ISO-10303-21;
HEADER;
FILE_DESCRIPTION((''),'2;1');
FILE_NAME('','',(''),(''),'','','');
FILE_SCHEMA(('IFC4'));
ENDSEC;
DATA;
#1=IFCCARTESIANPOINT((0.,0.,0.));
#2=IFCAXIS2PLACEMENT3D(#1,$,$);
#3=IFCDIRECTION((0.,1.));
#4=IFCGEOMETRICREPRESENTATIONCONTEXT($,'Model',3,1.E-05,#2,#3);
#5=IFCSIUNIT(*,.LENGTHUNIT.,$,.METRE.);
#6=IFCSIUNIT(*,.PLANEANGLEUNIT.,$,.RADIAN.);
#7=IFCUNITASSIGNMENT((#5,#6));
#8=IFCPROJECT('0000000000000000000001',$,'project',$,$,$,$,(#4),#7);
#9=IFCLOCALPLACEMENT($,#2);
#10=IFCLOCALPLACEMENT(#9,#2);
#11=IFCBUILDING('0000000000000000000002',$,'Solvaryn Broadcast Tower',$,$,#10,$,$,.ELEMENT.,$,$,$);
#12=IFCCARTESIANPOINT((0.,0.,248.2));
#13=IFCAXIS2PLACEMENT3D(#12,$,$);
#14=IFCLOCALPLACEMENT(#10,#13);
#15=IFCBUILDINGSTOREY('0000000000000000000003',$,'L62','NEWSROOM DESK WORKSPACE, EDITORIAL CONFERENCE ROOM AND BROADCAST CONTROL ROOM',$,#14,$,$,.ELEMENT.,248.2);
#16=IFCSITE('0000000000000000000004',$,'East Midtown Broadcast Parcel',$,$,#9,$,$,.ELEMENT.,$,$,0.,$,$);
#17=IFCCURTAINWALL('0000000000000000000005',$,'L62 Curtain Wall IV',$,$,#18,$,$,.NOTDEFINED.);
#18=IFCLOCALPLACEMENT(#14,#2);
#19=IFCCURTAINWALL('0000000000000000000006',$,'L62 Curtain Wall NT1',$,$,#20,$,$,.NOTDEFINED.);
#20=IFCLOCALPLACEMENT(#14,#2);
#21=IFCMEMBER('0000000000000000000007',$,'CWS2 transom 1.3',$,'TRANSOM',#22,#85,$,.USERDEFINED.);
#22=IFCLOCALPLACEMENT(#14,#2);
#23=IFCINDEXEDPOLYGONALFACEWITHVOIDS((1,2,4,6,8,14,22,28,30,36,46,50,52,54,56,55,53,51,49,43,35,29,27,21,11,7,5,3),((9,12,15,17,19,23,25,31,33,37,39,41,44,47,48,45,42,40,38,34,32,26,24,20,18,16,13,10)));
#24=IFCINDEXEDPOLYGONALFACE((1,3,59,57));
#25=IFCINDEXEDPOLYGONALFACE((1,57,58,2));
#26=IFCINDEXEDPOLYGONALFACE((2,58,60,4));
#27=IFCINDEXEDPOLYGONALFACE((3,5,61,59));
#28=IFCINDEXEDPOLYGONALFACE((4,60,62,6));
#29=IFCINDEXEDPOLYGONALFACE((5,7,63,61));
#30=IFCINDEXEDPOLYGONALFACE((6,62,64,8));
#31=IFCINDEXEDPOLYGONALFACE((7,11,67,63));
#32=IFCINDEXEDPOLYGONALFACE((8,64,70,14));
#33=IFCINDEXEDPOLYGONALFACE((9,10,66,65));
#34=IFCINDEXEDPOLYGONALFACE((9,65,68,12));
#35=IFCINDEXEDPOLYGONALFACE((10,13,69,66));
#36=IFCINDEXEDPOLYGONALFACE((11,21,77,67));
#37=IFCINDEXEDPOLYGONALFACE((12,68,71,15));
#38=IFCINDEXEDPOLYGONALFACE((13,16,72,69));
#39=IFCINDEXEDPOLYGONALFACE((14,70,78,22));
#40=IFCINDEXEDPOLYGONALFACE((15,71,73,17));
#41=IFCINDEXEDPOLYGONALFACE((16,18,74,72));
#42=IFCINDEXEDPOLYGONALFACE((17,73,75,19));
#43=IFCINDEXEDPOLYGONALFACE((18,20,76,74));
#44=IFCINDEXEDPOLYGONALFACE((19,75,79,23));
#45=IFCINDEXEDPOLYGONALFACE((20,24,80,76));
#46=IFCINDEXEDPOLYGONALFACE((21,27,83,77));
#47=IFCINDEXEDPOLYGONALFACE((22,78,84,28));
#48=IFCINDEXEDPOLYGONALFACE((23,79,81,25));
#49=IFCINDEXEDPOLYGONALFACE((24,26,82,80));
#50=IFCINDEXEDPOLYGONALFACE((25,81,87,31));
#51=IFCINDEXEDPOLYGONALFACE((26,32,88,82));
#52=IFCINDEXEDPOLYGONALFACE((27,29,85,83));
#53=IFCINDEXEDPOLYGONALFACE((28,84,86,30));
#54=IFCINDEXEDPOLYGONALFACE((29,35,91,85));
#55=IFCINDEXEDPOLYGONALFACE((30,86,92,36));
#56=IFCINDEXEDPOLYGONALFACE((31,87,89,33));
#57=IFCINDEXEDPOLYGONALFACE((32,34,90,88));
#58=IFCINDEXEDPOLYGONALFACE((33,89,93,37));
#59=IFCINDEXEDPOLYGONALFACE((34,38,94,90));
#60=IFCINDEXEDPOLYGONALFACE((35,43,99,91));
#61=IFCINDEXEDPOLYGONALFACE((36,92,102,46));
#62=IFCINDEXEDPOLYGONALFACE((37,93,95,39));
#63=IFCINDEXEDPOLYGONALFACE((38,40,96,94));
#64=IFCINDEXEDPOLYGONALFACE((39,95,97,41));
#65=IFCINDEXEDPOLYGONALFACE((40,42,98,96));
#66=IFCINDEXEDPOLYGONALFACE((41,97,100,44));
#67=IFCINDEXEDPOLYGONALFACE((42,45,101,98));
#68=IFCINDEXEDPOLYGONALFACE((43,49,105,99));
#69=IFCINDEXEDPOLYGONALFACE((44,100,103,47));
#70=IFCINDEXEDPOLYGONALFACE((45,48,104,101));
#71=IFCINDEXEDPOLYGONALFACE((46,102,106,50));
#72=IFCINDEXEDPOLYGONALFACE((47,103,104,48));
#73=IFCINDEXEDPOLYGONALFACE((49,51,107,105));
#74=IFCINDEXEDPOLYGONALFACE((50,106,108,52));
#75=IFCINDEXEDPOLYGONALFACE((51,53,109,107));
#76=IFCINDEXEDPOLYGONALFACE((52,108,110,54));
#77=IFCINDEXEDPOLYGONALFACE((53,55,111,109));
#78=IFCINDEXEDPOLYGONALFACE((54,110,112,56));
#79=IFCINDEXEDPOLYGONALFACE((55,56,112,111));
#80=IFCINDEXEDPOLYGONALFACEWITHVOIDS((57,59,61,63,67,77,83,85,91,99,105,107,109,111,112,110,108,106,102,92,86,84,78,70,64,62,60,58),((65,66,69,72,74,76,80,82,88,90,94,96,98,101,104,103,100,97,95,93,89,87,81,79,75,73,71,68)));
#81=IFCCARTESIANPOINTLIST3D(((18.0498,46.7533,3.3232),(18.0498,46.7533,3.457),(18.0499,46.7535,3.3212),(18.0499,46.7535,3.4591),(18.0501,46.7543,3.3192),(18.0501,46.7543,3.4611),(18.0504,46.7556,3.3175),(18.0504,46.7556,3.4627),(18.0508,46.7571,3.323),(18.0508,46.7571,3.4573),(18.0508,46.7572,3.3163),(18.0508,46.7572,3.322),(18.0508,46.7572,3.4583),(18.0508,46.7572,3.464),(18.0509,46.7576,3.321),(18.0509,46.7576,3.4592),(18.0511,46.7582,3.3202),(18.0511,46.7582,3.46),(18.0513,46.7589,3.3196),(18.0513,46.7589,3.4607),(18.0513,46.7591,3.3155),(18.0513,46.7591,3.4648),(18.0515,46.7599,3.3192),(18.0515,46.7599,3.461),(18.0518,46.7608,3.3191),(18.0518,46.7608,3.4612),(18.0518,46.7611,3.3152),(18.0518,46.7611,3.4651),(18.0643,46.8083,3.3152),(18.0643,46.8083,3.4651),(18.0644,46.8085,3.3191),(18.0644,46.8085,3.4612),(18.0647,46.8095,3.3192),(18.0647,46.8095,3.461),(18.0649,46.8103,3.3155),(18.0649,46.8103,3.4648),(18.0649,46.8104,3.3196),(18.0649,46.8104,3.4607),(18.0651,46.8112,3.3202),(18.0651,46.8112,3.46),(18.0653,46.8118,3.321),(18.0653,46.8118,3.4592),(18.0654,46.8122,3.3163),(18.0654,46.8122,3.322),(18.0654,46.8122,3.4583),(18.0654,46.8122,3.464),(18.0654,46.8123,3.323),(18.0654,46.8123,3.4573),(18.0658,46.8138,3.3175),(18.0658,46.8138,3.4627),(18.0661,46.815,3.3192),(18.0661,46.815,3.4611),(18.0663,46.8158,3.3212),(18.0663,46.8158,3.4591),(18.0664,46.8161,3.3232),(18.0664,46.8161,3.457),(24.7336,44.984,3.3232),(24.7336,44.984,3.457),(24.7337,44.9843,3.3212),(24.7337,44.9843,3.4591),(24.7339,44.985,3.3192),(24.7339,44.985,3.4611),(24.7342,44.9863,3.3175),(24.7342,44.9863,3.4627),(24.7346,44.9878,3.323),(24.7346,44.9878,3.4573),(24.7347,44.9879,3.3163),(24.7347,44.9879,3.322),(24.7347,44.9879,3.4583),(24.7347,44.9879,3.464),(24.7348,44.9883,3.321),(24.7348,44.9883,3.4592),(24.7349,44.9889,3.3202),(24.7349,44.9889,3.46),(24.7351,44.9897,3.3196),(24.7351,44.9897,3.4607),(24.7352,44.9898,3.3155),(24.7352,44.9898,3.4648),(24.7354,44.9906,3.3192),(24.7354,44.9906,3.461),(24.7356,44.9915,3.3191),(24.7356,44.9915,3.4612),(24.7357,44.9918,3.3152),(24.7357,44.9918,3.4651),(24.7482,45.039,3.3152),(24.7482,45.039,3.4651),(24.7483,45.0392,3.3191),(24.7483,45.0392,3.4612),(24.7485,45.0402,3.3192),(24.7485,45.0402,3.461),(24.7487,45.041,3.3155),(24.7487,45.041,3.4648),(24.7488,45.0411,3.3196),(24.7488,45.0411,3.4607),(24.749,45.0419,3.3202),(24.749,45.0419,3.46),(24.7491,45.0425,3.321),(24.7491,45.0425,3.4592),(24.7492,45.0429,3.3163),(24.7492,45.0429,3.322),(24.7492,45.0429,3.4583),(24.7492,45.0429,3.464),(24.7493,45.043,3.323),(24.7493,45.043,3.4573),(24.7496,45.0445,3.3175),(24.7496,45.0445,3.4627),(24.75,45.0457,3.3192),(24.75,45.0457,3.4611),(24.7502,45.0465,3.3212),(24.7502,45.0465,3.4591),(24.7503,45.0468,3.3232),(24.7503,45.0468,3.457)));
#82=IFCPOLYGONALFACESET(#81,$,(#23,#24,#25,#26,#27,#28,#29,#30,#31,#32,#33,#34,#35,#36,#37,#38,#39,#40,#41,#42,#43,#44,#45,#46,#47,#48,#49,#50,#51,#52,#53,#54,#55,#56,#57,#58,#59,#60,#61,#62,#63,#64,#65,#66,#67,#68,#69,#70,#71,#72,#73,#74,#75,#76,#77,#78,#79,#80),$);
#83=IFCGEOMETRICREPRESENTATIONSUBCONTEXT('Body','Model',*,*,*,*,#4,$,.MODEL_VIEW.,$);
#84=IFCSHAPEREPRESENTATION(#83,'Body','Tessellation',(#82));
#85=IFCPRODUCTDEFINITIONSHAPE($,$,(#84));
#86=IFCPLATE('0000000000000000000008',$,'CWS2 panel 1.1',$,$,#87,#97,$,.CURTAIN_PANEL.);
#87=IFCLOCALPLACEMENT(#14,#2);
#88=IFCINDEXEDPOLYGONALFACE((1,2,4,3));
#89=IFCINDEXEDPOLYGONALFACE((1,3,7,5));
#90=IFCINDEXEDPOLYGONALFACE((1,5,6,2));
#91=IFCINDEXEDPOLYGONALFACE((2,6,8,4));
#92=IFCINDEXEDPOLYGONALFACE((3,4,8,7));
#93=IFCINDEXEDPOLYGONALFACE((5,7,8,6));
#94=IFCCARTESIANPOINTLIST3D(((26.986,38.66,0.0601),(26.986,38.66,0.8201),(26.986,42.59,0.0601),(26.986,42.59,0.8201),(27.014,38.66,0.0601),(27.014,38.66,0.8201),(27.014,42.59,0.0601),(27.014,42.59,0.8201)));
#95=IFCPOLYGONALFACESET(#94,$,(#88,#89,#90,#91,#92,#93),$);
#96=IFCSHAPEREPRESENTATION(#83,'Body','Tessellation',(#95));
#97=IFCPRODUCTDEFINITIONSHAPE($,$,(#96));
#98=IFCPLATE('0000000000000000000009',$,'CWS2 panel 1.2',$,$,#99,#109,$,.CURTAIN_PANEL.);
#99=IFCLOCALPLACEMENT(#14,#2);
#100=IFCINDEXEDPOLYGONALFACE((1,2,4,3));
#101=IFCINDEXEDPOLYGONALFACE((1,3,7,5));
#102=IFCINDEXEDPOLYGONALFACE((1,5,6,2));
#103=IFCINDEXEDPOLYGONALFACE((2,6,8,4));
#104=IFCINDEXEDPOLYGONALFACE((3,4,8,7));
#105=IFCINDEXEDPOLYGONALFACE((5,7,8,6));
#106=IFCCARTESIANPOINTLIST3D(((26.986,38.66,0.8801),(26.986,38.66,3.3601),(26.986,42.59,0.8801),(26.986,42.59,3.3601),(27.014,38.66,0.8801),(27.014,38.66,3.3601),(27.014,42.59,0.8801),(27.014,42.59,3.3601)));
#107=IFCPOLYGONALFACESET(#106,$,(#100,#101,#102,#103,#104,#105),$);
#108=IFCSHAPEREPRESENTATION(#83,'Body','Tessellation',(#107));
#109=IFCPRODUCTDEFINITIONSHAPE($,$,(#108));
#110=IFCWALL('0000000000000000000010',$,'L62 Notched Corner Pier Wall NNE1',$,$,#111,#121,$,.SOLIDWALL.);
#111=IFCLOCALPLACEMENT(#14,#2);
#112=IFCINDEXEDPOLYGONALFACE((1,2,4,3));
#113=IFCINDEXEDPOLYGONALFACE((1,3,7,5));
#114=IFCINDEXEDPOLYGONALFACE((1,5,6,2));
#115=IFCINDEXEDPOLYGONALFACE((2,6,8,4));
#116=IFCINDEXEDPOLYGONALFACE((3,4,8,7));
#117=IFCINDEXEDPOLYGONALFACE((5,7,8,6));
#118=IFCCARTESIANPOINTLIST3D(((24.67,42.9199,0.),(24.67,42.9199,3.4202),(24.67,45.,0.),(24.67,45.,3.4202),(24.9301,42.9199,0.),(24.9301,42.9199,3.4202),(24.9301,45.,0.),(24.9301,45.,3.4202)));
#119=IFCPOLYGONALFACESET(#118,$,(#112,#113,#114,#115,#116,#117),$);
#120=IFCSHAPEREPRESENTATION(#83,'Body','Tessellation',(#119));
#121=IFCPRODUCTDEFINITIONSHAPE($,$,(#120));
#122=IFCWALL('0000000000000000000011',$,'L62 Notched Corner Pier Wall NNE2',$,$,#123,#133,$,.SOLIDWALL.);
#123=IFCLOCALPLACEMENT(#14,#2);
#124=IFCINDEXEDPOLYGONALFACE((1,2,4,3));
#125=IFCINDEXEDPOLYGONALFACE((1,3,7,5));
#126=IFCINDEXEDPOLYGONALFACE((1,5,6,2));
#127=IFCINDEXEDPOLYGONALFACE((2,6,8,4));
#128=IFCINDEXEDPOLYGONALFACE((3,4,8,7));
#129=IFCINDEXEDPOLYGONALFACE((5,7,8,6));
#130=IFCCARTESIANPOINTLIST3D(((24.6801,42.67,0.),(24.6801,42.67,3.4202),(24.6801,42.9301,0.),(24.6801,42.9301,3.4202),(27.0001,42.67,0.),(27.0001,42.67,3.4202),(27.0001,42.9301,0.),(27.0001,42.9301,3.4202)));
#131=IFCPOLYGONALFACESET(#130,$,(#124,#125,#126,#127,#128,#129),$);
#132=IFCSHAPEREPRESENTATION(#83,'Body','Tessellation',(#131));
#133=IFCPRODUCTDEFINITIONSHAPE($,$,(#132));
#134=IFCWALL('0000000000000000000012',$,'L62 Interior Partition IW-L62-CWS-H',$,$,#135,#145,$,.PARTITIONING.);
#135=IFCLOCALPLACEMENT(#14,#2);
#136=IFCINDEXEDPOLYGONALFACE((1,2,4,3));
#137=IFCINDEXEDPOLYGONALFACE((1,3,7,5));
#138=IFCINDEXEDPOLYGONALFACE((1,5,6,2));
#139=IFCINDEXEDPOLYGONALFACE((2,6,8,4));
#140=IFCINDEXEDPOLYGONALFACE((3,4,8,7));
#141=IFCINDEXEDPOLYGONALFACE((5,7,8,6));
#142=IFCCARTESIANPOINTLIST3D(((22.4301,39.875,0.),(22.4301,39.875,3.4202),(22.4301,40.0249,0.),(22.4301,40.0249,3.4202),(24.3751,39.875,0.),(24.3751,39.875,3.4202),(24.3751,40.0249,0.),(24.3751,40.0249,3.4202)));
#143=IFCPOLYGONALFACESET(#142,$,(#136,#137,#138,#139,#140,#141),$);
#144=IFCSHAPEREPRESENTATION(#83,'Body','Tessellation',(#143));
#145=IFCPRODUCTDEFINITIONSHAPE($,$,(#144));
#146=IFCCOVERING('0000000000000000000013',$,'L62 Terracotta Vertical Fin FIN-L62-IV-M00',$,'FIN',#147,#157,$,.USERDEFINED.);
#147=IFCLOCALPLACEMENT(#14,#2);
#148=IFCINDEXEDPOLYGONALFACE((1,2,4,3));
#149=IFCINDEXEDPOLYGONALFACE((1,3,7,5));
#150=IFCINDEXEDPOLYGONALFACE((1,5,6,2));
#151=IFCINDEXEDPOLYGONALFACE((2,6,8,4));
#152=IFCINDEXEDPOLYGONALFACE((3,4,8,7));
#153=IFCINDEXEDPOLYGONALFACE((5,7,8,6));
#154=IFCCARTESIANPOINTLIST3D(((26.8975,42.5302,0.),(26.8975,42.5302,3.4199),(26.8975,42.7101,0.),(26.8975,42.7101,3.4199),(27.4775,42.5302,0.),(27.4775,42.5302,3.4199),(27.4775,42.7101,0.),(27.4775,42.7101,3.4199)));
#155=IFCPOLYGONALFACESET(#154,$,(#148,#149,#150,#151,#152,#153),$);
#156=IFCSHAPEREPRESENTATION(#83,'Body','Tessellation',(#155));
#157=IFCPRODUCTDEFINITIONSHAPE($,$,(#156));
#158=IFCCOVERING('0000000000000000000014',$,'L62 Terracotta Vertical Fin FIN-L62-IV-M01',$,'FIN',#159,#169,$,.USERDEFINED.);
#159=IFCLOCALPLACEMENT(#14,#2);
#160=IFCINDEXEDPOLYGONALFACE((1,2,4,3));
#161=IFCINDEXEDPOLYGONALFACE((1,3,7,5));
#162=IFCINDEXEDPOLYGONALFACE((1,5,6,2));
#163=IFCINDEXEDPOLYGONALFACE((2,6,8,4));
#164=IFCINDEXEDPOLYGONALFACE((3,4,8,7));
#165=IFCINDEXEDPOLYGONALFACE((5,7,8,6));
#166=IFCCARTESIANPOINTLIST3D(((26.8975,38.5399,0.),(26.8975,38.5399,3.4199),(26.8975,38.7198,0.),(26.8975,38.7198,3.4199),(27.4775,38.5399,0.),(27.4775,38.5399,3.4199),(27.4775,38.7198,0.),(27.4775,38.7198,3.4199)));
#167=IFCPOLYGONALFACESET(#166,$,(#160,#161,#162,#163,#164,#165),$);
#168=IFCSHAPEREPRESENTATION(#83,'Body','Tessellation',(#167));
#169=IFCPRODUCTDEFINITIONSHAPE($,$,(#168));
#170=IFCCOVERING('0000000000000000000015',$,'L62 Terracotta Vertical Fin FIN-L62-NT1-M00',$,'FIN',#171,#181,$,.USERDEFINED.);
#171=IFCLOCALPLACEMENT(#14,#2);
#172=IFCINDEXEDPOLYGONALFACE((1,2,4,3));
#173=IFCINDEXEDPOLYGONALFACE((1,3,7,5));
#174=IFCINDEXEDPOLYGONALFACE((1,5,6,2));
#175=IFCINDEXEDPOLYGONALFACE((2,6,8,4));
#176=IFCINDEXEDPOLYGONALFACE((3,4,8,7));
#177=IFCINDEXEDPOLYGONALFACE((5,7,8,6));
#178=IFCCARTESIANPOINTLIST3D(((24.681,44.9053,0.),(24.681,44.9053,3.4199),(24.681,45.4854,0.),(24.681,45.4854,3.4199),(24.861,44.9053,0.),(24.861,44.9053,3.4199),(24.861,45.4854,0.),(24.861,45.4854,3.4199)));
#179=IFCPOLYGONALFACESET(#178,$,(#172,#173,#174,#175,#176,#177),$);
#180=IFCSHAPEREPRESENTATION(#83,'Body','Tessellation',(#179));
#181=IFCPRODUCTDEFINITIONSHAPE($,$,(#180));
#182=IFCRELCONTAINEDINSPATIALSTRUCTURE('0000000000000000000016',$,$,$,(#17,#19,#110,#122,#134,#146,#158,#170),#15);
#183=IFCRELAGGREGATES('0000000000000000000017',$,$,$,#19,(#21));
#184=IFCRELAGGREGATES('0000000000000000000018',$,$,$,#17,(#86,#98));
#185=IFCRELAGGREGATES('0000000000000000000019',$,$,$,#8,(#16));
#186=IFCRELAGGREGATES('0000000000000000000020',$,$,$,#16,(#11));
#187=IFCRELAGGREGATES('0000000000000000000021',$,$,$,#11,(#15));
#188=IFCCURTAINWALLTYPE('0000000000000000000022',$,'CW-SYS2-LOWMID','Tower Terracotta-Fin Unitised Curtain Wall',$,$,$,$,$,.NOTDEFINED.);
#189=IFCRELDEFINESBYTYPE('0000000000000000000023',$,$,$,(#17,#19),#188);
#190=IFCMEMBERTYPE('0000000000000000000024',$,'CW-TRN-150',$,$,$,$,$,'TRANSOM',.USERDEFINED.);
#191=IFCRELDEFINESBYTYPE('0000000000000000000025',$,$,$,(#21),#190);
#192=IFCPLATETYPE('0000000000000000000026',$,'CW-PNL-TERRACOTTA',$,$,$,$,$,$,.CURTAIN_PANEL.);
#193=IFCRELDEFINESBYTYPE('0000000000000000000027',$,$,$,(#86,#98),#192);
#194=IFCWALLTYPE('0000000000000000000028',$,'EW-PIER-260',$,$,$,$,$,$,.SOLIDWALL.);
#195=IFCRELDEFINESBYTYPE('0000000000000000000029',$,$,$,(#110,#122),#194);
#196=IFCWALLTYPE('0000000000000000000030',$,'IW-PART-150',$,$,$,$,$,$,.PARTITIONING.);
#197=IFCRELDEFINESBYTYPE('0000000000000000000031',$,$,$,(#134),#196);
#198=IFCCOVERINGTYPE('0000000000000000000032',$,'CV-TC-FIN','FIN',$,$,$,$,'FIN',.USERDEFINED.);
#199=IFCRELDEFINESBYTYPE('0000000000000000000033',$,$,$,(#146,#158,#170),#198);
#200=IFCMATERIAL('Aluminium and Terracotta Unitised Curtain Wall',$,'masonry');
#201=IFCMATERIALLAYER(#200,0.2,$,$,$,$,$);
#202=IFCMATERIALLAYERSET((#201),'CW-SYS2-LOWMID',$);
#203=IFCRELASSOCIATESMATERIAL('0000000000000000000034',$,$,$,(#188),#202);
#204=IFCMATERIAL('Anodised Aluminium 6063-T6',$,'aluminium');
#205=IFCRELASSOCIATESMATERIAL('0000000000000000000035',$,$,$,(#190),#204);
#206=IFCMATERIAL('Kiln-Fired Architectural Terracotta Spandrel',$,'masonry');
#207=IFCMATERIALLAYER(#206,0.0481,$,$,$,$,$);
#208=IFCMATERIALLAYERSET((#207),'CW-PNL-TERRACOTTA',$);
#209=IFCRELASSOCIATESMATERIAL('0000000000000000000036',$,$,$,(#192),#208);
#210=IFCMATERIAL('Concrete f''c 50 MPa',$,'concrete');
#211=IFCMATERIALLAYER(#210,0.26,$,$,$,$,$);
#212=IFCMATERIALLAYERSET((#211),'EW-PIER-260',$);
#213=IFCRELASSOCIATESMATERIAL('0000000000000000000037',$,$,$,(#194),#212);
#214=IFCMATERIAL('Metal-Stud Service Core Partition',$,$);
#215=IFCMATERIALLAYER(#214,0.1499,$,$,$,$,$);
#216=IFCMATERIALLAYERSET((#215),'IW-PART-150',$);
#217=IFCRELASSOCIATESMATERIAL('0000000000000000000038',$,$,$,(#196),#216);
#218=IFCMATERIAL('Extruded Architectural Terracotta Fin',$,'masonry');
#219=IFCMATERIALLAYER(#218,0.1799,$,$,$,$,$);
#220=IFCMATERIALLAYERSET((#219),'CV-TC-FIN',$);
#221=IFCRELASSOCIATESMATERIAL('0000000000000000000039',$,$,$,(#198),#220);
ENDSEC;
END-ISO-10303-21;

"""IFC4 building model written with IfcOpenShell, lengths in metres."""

from ifc_helpers import new_model, si_unit, direction, frame, frame_2d, origin, origin_2d, place, context, subcontext, project, spatial, rectangle, hollow_rectangle, extrude, material, layer, layer_set, material_profile, profile_set, type_object, element, aggregate, save


model = new_model("IFC4")

# Units and contexts
model_context = context("Model", 3, precision=1e-05, world=origin(), true_north=direction((0.0, 1.0)))
body_context = subcontext(model_context, "Body", "Model", "MODEL_VIEW")
ifc_project = project(units=[si_unit("LENGTHUNIT", "METRE"), si_unit("PLANEANGLEUNIT", "RADIAN")], contexts=[model_context])

# Site, building, storey
site_placement = place(None, origin())
site = spatial("IfcSite", under=ifc_project, at=site_placement, Name="East Midtown Broadcast Parcel", CompositionType="ELEMENT", RefElevation=0.0)
building_placement = place(site_placement, origin())
building = spatial("IfcBuilding", under=site, at=building_placement, Name="Solvaryn Broadcast Tower", CompositionType="ELEMENT")
storey_placement = place(building_placement, frame((0.0, 0.0, 248.2)))
storey = spatial("IfcBuildingStorey", under=building, at=storey_placement, Name="L62", Description="NEWSROOM DESK WORKSPACE, EDITORIAL CONFERENCE ROOM AND BROADCAST CONTROL ROOM", CompositionType="ELEMENT", Elevation=248.2)

# Curtain wall
ifc_material_1 = material(Name="Aluminium and Terracotta Unitised Curtain Wall", Category="masonry")
ifc_layer_1 = layer(ifc_material_1, 0.2)
ifc_layer_set_1 = layer_set([ifc_layer_1], Name="CW-SYS2-LOWMID")
curtain_wall_type = type_object("IfcCurtainWallType", Name="CW-SYS2-LOWMID", Description="Tower Terracotta-Fin Unitised Curtain Wall", PredefinedType="NOTDEFINED", material=ifc_layer_set_1)
curtain_wall_1_placement = place(storey_placement, origin())
curtain_wall_1 = element("IfcCurtainWall", 1, at=curtain_wall_1_placement, inside=storey, type_object=curtain_wall_type, Name="L62 Curtain Wall IV", PredefinedType="NOTDEFINED")

# Curtain wall
curtain_wall_2_placement = place(storey_placement, origin())
curtain_wall_2 = element("IfcCurtainWall", 2, at=curtain_wall_2_placement, inside=storey, type_object=curtain_wall_type, Name="L62 Curtain Wall NT1", PredefinedType="NOTDEFINED")

# Member
ifc_material_2 = material(Name="Anodised Aluminium 6063-T6", Category="aluminium")
ifc_material_profile_1 = material_profile(ifc_material_2, hollow_rectangle(XDim=0.0649, YDim=0.1499, WallThickness=0.0039, InnerFilletRadius=0.0039, OuterFilletRadius=0.0081, at=origin_2d()))
ifc_profile_set_1 = profile_set([ifc_material_profile_1], Name="Anodised Aluminium 6063-T6")
member_type_1 = type_object("IfcMemberType", Name="CW-TRN-150", ElementType="TRANSOM", PredefinedType="USERDEFINED", material=ifc_profile_set_1)
member_1_placement = place(storey_placement, frame((24.7419, 45.0154, 3.3901), z_axis=(-0.966704, 0.255897, 0.0), x_axis=(-0.255897, -0.966704, 0.0)))
member_1 = element("IfcMember", 3, at=member_1_placement, type_object=member_type_1, Name="CWS2 transom 1.3", ObjectType="TRANSOM", PredefinedType="USERDEFINED", context=body_context, shape_type="SweptSolid", body=[
    extrude(hollow_rectangle(XDim=0.0649, YDim=0.1499, WallThickness=0.0039, InnerFilletRadius=0.0039, OuterFilletRadius=0.0081, at=origin_2d()), origin(), (0.0, 0.0, 1.0), 6.9141),
])
aggregate(curtain_wall_2, [member_1])

# Plates
ifc_material_3 = material(Name="Kiln-Fired Architectural Terracotta Spandrel", Category="masonry")
ifc_layer_2 = layer(ifc_material_3, 0.0481)
ifc_layer_set_2 = layer_set([ifc_layer_2], Name="CW-PNL-TERRACOTTA")
plate_type = type_object("IfcPlateType", Name="CW-PNL-TERRACOTTA", PredefinedType="CURTAIN_PANEL", material=ifc_layer_set_2)
plate_1_placement = place(storey_placement, frame((27.0, 40.625, 0.0601), z_axis=(0.0, 0.0, 1.0), x_axis=(0.0, -1.0, 0.0)))
plate_1 = element("IfcPlate", 4, at=plate_1_placement, type_object=plate_type, Name="CWS2 panel 1.1", PredefinedType="CURTAIN_PANEL", context=body_context, shape_type="SweptSolid", body=[
    extrude(rectangle(XDim=3.9299, YDim=0.0281, at=origin_2d()), origin(), (0.0, 0.0, 1.0), 0.76),
])
plate_2_placement = place(storey_placement, frame((27.0, 40.625, 0.8801), z_axis=(0.0, 0.0, 1.0), x_axis=(0.0, -1.0, 0.0)))
plate_2 = element("IfcPlate", 5, at=plate_2_placement, type_object=plate_type, Name="CWS2 panel 1.2", PredefinedType="CURTAIN_PANEL", context=body_context, shape_type="SweptSolid", body=[
    extrude(rectangle(XDim=3.9299, YDim=0.0281, at=origin_2d()), origin(), (0.0, 0.0, 1.0), 2.48),
])
aggregate(curtain_wall_1, [plate_1, plate_2])

# Walls
ifc_material_4 = material(Name="Concrete f'c 50 MPa", Category="concrete")
ifc_layer_3 = layer(ifc_material_4, 0.26)
ifc_layer_set_3 = layer_set([ifc_layer_3], Name="EW-PIER-260")
wall_type_1 = type_object("IfcWallType", Name="EW-PIER-260", PredefinedType="SOLIDWALL", material=ifc_layer_set_3)
wall_1_placement = place(storey_placement, frame((24.8, 45.0, 0.0), z_axis=(0.0, 0.0, 1.0), x_axis=(0.0, -1.0, 0.0)))
element("IfcWall", 6, at=wall_1_placement, inside=storey, type_object=wall_type_1, Name="L62 Notched Corner Pier Wall NNE1", PredefinedType="SOLIDWALL", context=body_context, shape_type="SweptSolid", body=[
    extrude(rectangle(XDim=2.0801, YDim=0.26, at=frame_2d((1.04, 0.0))), origin(), (0.0, 0.0, 1.0), 3.4202),
])
wall_2_placement = place(storey_placement, frame((24.6799, 42.8, 0.0), z_axis=(0.0, 0.0, 1.0), x_axis=(1.0, 0.0, 0.0)))
element("IfcWall", 7, at=wall_2_placement, inside=storey, type_object=wall_type_1, Name="L62 Notched Corner Pier Wall NNE2", PredefinedType="SOLIDWALL", context=body_context, shape_type="SweptSolid", body=[
    extrude(rectangle(XDim=2.3201, YDim=0.26, at=frame_2d((1.1602, 0.0))), origin(), (0.0, 0.0, 1.0), 3.4202),
])
ifc_material_5 = material(Name="Metal-Stud Service Core Partition")
ifc_layer_4 = layer(ifc_material_5, 0.1499)
ifc_layer_set_4 = layer_set([ifc_layer_4], Name="IW-PART-150")
wall_type_2 = type_object("IfcWallType", Name="IW-PART-150", PredefinedType="PARTITIONING", material=ifc_layer_set_4)
wall_3_placement = place(storey_placement, frame((22.4299, 39.95, 0.0), z_axis=(0.0, 0.0, 1.0), x_axis=(1.0, 0.0, 0.0)))
element("IfcWall", 8, at=wall_3_placement, inside=storey, type_object=wall_type_2, Name="L62 Interior Partition IW-L62-CWS-H", PredefinedType="PARTITIONING", context=body_context, shape_type="SweptSolid", body=[
    extrude(rectangle(XDim=1.9451, YDim=0.1499, at=frame_2d((0.9727, 0.0))), origin(), (0.0, 0.0, 1.0), 3.4202),
])

# Coverings
ifc_material_6 = material(Name="Extruded Architectural Terracotta Fin", Category="masonry")
ifc_layer_5 = layer(ifc_material_6, 0.1799)
ifc_layer_set_5 = layer_set([ifc_layer_5], Name="CV-TC-FIN")
covering_type = type_object("IfcCoveringType", Name="CV-TC-FIN", Description="FIN", ElementType="FIN", PredefinedType="USERDEFINED", material=ifc_layer_set_5)
for number, where, z_axis, x_axis, name in (
    (9, (27.1875, 42.6201, 0.0), (0.0, 0.0, 1.0), (1.0, 0.0, 0.0), "L62 Terracotta Vertical Fin FIN-L62-IV-M00"),
    (10, (27.1875, 38.6299, 0.0), (0.0, 0.0, 1.0), (1.0, 0.0, 0.0), "L62 Terracotta Vertical Fin FIN-L62-IV-M01"),
):
    element("IfcCovering", number, at=place(storey_placement, frame(where, z_axis=z_axis, x_axis=x_axis)), inside=storey, type_object=covering_type, Name=name, ObjectType="FIN", PredefinedType="USERDEFINED", context=body_context, shape_type="SweptSolid", body=[
        extrude(rectangle(XDim=0.5801, YDim=0.1799, at=origin_2d()), origin(), (0.0, 0.0, 1.0), 3.4199),
    ])
covering_placement = place(storey_placement, frame((24.771, 45.1953, 0.0), z_axis=(0.0, 0.0, 1.0), x_axis=(1.0, 0.0, 0.0)))
element("IfcCovering", 11, at=covering_placement, inside=storey, type_object=covering_type, Name="L62 Terracotta Vertical Fin FIN-L62-NT1-M00", ObjectType="FIN", PredefinedType="USERDEFINED", context=body_context, shape_type="SweptSolid", body=[
    extrude(rectangle(XDim=0.1799, YDim=0.5801, at=origin_2d()), origin(), (0.0, 0.0, 1.0), 3.4199),
])

save(model, "model.ifc")
